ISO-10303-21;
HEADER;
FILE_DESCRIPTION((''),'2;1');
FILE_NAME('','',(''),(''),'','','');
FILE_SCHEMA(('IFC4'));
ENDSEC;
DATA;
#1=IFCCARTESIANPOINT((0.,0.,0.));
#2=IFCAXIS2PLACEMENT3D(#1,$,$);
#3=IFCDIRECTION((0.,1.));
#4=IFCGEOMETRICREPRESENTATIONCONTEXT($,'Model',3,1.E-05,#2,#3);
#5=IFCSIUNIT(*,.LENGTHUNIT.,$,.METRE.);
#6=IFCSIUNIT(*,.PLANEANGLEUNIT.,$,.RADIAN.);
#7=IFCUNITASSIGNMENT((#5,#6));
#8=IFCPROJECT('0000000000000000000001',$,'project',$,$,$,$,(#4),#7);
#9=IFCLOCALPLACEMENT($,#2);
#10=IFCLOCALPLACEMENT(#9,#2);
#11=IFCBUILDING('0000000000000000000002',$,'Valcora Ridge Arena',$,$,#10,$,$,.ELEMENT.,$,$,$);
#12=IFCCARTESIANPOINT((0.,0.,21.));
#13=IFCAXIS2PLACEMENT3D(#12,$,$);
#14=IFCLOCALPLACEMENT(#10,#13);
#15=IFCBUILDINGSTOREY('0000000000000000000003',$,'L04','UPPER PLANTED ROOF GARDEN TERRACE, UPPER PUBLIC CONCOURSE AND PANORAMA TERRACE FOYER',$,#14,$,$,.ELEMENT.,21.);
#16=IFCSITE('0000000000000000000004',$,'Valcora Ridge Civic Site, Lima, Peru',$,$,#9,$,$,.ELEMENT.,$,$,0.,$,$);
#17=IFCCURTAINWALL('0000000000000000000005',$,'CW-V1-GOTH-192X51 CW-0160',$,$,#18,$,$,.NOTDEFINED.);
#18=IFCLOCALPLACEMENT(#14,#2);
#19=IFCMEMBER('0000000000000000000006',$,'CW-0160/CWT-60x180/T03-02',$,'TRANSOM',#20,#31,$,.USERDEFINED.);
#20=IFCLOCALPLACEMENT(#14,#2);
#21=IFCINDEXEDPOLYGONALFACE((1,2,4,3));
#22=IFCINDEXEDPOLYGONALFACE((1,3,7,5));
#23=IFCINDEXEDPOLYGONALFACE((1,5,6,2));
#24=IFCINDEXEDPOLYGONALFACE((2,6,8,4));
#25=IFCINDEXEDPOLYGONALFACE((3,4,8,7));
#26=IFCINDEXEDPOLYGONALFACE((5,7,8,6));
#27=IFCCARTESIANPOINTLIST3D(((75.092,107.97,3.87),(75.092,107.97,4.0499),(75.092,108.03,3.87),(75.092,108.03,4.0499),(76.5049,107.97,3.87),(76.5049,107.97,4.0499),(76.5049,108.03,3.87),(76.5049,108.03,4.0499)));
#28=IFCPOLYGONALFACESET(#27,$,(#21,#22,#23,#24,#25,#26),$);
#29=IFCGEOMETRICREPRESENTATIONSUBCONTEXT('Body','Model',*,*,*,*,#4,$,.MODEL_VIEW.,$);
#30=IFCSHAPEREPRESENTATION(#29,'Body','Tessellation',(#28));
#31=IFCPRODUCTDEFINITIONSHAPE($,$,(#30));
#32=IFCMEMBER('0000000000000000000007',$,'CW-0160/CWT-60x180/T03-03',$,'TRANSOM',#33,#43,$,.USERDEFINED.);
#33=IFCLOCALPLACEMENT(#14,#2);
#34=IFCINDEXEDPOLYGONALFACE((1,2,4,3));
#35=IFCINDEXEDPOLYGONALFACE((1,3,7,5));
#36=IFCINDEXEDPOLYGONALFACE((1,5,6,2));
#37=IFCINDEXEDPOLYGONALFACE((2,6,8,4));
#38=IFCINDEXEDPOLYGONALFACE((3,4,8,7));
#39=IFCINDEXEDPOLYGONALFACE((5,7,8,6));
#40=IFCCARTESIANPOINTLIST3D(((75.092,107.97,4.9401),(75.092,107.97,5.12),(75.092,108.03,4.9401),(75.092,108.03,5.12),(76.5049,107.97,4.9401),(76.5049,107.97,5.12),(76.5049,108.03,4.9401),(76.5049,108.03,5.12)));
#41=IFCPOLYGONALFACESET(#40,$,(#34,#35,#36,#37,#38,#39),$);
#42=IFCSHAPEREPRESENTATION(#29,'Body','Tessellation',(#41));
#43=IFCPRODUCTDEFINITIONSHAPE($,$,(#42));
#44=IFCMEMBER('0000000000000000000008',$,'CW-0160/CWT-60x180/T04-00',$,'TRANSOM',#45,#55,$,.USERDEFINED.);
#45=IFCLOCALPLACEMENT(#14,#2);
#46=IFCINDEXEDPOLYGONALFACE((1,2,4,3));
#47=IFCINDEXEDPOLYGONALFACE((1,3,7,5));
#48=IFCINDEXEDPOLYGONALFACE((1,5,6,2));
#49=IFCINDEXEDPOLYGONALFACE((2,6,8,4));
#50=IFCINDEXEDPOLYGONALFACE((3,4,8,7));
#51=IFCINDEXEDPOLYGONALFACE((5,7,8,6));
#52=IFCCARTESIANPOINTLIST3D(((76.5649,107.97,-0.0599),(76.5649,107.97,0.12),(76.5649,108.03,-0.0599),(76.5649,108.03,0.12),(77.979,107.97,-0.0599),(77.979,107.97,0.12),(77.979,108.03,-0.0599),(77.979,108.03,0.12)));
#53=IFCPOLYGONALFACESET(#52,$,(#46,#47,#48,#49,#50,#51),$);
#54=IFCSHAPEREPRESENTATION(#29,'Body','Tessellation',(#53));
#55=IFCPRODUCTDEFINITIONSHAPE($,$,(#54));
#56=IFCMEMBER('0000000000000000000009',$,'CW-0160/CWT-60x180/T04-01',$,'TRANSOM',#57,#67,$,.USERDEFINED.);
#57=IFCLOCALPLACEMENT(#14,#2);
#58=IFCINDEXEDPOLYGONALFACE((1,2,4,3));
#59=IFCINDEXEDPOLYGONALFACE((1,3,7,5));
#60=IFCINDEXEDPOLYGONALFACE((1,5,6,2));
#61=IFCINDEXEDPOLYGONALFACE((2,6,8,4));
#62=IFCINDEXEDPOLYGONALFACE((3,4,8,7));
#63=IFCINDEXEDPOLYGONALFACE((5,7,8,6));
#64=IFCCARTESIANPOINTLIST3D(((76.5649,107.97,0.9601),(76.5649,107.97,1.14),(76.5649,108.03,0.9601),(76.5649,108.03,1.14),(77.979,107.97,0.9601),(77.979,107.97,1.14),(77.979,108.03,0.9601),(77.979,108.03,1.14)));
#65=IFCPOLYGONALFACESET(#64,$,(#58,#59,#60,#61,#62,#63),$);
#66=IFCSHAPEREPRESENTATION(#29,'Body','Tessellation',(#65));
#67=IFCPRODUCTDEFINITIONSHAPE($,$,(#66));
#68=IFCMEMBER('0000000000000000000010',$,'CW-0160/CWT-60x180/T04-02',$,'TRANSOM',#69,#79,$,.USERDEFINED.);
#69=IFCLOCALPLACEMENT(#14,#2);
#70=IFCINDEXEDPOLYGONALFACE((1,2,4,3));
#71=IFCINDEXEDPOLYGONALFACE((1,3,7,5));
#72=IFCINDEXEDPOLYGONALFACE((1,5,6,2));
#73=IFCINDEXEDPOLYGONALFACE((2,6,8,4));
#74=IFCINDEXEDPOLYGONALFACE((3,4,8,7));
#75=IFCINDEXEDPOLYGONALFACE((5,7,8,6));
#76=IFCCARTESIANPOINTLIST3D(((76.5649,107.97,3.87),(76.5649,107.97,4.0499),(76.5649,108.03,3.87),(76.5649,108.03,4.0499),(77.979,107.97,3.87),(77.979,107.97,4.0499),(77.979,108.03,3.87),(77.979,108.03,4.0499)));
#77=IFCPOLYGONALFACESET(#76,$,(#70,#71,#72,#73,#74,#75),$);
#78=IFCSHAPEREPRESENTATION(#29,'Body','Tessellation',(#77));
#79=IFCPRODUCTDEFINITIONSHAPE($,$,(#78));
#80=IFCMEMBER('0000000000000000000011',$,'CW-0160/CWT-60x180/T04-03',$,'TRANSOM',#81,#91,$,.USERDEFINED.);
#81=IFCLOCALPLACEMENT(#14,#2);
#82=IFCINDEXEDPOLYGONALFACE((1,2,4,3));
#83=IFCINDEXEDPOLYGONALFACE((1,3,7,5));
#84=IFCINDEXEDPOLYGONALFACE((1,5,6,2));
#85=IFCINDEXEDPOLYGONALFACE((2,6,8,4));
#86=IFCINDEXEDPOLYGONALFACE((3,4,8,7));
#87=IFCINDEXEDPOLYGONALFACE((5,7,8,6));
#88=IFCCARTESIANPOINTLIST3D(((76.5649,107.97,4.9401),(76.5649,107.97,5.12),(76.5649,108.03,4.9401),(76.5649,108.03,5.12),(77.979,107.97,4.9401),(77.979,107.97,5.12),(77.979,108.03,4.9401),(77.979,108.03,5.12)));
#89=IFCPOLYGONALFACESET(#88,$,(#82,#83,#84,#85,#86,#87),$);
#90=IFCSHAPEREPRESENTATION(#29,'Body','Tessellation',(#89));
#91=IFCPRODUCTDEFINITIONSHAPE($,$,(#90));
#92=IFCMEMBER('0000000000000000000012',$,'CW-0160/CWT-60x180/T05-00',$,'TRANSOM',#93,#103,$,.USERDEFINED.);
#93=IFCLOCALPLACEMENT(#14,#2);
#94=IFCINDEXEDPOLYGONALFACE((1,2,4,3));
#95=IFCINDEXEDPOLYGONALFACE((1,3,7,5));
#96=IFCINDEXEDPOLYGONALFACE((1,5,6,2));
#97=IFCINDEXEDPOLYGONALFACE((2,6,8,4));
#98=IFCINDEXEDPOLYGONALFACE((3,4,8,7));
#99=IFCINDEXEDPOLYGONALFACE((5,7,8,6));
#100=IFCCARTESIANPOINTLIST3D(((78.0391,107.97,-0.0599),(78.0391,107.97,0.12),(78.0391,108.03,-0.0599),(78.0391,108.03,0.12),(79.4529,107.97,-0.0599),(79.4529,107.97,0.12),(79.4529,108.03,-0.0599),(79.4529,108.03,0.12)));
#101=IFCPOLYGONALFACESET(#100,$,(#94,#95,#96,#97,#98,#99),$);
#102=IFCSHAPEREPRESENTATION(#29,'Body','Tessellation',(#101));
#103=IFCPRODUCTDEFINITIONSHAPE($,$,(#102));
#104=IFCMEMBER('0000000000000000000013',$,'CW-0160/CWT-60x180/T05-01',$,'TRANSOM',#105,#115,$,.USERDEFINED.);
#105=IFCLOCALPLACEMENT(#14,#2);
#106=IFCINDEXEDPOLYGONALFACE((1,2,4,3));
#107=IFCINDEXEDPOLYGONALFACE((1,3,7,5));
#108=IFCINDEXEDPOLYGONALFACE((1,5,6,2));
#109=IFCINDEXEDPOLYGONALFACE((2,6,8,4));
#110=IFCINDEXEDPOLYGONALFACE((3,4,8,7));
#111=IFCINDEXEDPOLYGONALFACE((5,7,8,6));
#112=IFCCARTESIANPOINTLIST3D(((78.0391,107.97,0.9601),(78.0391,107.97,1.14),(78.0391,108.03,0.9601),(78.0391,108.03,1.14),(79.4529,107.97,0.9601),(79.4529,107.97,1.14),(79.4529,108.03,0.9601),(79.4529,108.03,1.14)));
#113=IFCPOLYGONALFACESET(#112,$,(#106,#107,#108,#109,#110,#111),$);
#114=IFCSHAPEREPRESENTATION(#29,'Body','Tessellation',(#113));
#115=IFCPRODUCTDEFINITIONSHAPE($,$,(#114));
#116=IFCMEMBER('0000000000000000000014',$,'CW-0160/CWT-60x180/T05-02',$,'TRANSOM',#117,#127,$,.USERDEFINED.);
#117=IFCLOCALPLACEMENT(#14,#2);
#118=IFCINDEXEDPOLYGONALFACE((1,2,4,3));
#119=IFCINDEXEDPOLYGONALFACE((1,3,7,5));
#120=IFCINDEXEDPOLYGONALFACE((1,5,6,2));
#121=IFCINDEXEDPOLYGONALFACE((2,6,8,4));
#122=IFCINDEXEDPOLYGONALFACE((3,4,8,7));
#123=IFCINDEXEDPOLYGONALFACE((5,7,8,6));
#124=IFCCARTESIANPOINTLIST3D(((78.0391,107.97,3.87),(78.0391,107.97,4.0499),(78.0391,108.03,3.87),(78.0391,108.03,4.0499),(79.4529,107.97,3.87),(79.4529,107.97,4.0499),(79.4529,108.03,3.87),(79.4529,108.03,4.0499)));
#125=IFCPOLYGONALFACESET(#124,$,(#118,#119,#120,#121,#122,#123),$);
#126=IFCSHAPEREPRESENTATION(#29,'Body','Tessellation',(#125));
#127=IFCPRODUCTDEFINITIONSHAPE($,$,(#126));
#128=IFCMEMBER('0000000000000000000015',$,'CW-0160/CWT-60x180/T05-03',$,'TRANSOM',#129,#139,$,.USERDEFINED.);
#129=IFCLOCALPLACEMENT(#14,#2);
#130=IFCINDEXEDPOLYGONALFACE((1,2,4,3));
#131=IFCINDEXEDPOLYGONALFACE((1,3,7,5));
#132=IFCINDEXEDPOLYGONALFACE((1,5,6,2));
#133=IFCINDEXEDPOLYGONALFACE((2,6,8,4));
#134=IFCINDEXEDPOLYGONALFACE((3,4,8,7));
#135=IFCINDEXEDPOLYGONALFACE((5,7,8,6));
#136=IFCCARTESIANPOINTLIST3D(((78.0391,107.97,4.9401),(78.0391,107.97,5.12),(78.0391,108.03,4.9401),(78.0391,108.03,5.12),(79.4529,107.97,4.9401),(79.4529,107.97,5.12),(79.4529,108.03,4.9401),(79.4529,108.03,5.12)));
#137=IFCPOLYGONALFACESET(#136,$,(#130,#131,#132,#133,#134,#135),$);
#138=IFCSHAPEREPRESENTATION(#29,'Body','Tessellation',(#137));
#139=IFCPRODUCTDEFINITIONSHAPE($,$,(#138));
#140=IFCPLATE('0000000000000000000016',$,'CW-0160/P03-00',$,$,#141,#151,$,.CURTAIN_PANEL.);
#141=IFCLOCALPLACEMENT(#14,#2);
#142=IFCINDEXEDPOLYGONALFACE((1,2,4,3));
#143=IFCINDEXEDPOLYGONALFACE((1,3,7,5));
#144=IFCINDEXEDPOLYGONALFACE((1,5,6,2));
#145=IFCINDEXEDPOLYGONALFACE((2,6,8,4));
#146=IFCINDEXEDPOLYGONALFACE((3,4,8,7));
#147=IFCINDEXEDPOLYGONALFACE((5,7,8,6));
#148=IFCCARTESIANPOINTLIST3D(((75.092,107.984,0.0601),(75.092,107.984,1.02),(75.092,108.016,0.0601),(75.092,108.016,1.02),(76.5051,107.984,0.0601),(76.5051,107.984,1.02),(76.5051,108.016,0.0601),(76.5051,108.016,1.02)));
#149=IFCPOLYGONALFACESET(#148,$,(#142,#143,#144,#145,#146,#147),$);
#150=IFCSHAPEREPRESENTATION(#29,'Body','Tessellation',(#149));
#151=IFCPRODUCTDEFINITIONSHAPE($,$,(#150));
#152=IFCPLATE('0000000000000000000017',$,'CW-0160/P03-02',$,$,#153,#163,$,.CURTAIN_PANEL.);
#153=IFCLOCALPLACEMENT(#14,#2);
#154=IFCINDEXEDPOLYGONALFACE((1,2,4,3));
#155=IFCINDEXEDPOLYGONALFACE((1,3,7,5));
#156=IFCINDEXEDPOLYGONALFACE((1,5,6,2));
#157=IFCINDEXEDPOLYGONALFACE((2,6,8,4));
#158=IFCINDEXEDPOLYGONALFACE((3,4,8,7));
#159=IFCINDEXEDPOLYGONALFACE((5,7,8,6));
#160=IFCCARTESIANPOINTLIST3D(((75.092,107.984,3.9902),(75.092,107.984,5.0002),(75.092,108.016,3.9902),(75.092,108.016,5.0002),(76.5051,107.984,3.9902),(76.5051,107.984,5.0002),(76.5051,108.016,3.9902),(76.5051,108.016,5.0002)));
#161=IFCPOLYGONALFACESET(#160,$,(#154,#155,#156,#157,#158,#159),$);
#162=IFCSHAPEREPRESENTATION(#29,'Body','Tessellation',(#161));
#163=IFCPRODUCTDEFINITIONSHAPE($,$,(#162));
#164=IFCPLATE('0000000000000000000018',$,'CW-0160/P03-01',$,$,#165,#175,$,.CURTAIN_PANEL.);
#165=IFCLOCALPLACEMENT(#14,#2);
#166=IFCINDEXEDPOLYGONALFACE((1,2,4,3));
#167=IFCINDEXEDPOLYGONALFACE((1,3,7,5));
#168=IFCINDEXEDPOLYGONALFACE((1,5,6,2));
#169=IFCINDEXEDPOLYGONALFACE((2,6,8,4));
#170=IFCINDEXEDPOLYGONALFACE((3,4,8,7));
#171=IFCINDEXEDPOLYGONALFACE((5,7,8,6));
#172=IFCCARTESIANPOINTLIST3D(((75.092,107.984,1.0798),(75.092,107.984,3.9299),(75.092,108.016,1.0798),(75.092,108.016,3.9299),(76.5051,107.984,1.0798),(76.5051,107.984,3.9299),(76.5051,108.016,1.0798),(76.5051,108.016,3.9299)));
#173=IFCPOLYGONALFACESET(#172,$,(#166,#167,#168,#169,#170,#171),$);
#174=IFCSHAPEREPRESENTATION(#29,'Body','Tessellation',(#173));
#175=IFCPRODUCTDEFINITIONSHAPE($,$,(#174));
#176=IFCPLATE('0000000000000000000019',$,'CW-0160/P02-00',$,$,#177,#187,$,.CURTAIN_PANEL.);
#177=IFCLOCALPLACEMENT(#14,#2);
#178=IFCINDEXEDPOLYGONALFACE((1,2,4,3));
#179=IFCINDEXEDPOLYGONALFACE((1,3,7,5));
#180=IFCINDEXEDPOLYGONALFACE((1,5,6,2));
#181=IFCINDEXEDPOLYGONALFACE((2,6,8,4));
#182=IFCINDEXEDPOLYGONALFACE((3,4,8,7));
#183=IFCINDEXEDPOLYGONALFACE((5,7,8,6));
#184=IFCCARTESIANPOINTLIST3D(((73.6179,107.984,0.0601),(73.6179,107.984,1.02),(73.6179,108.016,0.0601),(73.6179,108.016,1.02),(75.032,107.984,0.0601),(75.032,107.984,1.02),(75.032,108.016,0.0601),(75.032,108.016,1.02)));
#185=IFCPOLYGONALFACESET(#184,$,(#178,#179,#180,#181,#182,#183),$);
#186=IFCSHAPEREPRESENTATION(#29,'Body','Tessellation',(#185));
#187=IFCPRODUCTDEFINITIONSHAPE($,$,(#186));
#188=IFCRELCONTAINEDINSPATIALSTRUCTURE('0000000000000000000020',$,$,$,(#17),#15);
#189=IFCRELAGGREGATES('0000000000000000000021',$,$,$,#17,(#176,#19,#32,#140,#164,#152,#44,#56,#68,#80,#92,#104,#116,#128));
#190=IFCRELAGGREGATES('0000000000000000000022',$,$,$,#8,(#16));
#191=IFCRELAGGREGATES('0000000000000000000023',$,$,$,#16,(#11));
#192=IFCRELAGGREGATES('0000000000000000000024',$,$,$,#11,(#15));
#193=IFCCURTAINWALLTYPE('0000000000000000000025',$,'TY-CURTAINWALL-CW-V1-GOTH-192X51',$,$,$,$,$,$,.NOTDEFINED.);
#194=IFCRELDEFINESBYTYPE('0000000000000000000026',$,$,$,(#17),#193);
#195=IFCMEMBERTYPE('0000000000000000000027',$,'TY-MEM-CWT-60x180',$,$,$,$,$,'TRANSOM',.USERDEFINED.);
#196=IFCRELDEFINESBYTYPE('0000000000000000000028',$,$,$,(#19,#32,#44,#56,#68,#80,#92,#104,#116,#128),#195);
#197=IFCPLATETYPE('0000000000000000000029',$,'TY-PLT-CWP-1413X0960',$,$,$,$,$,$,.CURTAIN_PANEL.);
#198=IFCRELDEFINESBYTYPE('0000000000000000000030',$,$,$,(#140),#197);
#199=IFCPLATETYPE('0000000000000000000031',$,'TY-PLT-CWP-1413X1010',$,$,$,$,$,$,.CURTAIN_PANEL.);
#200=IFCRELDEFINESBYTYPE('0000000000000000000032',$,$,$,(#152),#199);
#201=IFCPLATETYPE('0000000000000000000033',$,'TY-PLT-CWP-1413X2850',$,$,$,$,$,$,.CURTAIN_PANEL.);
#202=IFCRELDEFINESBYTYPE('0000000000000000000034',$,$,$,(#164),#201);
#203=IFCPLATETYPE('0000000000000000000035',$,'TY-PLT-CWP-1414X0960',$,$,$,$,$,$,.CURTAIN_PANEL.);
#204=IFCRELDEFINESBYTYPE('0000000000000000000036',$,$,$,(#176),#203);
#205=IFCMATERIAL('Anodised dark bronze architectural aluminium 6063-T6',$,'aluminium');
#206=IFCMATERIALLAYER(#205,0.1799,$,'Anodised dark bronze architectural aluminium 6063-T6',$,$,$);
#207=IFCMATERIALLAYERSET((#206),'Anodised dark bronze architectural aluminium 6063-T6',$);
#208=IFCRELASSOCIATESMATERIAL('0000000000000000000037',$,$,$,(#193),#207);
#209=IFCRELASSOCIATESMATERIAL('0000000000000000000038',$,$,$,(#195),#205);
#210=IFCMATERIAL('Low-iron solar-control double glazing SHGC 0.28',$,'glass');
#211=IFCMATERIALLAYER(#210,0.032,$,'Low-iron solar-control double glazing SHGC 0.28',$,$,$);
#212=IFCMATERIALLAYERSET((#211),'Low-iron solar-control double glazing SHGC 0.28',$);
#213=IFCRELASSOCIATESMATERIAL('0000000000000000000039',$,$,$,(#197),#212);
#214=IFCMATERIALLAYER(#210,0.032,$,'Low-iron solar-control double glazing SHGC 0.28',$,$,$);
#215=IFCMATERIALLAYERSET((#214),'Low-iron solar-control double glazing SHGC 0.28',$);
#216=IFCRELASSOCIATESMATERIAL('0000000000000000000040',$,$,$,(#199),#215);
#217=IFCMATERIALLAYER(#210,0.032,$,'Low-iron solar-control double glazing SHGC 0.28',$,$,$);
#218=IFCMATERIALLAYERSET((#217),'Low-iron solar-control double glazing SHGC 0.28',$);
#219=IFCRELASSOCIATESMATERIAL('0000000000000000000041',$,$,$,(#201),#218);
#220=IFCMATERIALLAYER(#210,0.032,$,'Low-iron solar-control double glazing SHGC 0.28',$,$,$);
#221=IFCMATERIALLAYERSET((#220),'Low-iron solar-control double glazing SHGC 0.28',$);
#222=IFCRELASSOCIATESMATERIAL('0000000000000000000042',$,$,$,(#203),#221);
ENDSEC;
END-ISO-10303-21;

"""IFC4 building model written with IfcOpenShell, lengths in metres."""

from ifc_helpers import new_model, si_unit, direction, frame, origin, origin_2d, place, context, subcontext, project, spatial, rectangle, extrude, material, layer, layer_set, material_profile, profile_set, type_object, element, aggregate, save


model = new_model("IFC4")

# Units and contexts
model_context = context("Model", 3, precision=1e-05, world=origin(), true_north=direction((0.0, 1.0)))
body_context = subcontext(model_context, "Body", "Model", "MODEL_VIEW")
ifc_project = project(units=[si_unit("LENGTHUNIT", "METRE"), si_unit("PLANEANGLEUNIT", "RADIAN")], contexts=[model_context])

# Site, building, storey
site_placement = place(None, origin())
site = spatial("IfcSite", under=ifc_project, at=site_placement, Name="Valcora Ridge Civic Site, Lima, Peru", CompositionType="ELEMENT", RefElevation=0.0)
building_placement = place(site_placement, origin())
building = spatial("IfcBuilding", under=site, at=building_placement, Name="Valcora Ridge Arena", CompositionType="ELEMENT")
storey_placement = place(building_placement, frame((0.0, 0.0, 21.0)))
storey = spatial("IfcBuildingStorey", under=building, at=storey_placement, Name="L04", Description="UPPER PLANTED ROOF GARDEN TERRACE, UPPER PUBLIC CONCOURSE AND PANORAMA TERRACE FOYER", CompositionType="ELEMENT", Elevation=21.0)

# Curtain wall, members, plates
ifc_material_1 = material(Name="Anodised dark bronze architectural aluminium 6063-T6", Category="aluminium")
ifc_layer_1 = layer(ifc_material_1, 0.1799, Name="Anodised dark bronze architectural aluminium 6063-T6")
ifc_layer_set_1 = layer_set([ifc_layer_1], Name="Anodised dark bronze architectural aluminium 6063-T6")
curtain_wall_type = type_object("IfcCurtainWallType", Name="TY-CURTAINWALL-CW-V1-GOTH-192X51", PredefinedType="NOTDEFINED", material=ifc_layer_set_1)
curtain_wall_placement = place(storey_placement, origin())
curtain_wall = element("IfcCurtainWall", 1, at=curtain_wall_placement, inside=storey, type_object=curtain_wall_type, Name="CW-V1-GOTH-192X51 CW-0160", PredefinedType="NOTDEFINED")
ifc_material_profile_1 = material_profile(ifc_material_1, rectangle(XDim=0.0601, YDim=0.1799, at=origin_2d()), Name="ALU TRANSOM 60x180")
ifc_profile_set_1 = profile_set([ifc_material_profile_1], Name="Anodised dark bronze architectural aluminium 6063-T6")
member_type_1 = type_object("IfcMemberType", Name="TY-MEM-CWT-60x180", ElementType="TRANSOM", PredefinedType="USERDEFINED", material=ifc_profile_set_1)
member_1_placement = place(storey_placement, frame((75.092, 108.0, 3.96), z_axis=(1.0, 0.0, 0.0), x_axis=(0.0, 1.0, 0.0)))
member_1 = element("IfcMember", 2, at=member_1_placement, type_object=member_type_1, Name="CW-0160/CWT-60x180/T03-02", ObjectType="TRANSOM", PredefinedType="USERDEFINED", context=body_context, shape_type="SweptSolid", body=[
    extrude(rectangle(XDim=0.0601, YDim=0.1799, at=origin_2d()), origin(), (0.0, 0.0, 1.0), 1.4128),
])
member_2_placement = place(storey_placement, frame((75.092, 108.0, 5.03), z_axis=(1.0, 0.0, 0.0), x_axis=(0.0, 1.0, 0.0)))
member_2 = element("IfcMember", 3, at=member_2_placement, type_object=member_type_1, Name="CW-0160/CWT-60x180/T03-03", ObjectType="TRANSOM", PredefinedType="USERDEFINED", context=body_context, shape_type="SweptSolid", body=[
    extrude(rectangle(XDim=0.0601, YDim=0.1799, at=origin_2d()), origin(), (0.0, 0.0, 1.0), 1.4128),
])
member_3_placement = place(storey_placement, frame((76.5649, 108.0, 0.03), z_axis=(1.0, 0.0, 0.0), x_axis=(0.0, 1.0, 0.0)))
member_3 = element("IfcMember", 4, at=member_3_placement, type_object=member_type_1, Name="CW-0160/CWT-60x180/T04-00", ObjectType="TRANSOM", PredefinedType="USERDEFINED", context=body_context, shape_type="SweptSolid", body=[
    extrude(rectangle(XDim=0.0601, YDim=0.1799, at=origin_2d()), origin(), (0.0, 0.0, 1.0), 1.4141),
])
member_4_placement = place(storey_placement, frame((76.5649, 108.0, 1.05), z_axis=(1.0, 0.0, 0.0), x_axis=(0.0, 1.0, 0.0)))
member_4 = element("IfcMember", 5, at=member_4_placement, type_object=member_type_1, Name="CW-0160/CWT-60x180/T04-01", ObjectType="TRANSOM", PredefinedType="USERDEFINED", context=body_context, shape_type="SweptSolid", body=[
    extrude(rectangle(XDim=0.0601, YDim=0.1799, at=origin_2d()), origin(), (0.0, 0.0, 1.0), 1.4141),
])
member_5_placement = place(storey_placement, frame((76.5649, 108.0, 3.96), z_axis=(1.0, 0.0, 0.0), x_axis=(0.0, 1.0, 0.0)))
member_5 = element("IfcMember", 6, at=member_5_placement, type_object=member_type_1, Name="CW-0160/CWT-60x180/T04-02", ObjectType="TRANSOM", PredefinedType="USERDEFINED", context=body_context, shape_type="SweptSolid", body=[
    extrude(rectangle(XDim=0.0601, YDim=0.1799, at=origin_2d()), origin(), (0.0, 0.0, 1.0), 1.4141),
])
member_6_placement = place(storey_placement, frame((76.5649, 108.0, 5.03), z_axis=(1.0, 0.0, 0.0), x_axis=(0.0, 1.0, 0.0)))
member_6 = element("IfcMember", 7, at=member_6_placement, type_object=member_type_1, Name="CW-0160/CWT-60x180/T04-03", ObjectType="TRANSOM", PredefinedType="USERDEFINED", context=body_context, shape_type="SweptSolid", body=[
    extrude(rectangle(XDim=0.0601, YDim=0.1799, at=origin_2d()), origin(), (0.0, 0.0, 1.0), 1.4141),
])
member_7_placement = place(storey_placement, frame((78.0391, 108.0, 0.03), z_axis=(1.0, 0.0, 0.0), x_axis=(0.0, 1.0, 0.0)))
member_7 = element("IfcMember", 8, at=member_7_placement, type_object=member_type_1, Name="CW-0160/CWT-60x180/T05-00", ObjectType="TRANSOM", PredefinedType="USERDEFINED", context=body_context, shape_type="SweptSolid", body=[
    extrude(rectangle(XDim=0.0601, YDim=0.1799, at=origin_2d()), origin(), (0.0, 0.0, 1.0), 1.4138),
])
member_8_placement = place(storey_placement, frame((78.0391, 108.0, 1.05), z_axis=(1.0, 0.0, 0.0), x_axis=(0.0, 1.0, 0.0)))
member_8 = element("IfcMember", 9, at=member_8_placement, type_object=member_type_1, Name="CW-0160/CWT-60x180/T05-01", ObjectType="TRANSOM", PredefinedType="USERDEFINED", context=body_context, shape_type="SweptSolid", body=[
    extrude(rectangle(XDim=0.0601, YDim=0.1799, at=origin_2d()), origin(), (0.0, 0.0, 1.0), 1.4138),
])
member_9_placement = place(storey_placement, frame((78.0391, 108.0, 3.96), z_axis=(1.0, 0.0, 0.0), x_axis=(0.0, 1.0, 0.0)))
member_9 = element("IfcMember", 10, at=member_9_placement, type_object=member_type_1, Name="CW-0160/CWT-60x180/T05-02", ObjectType="TRANSOM", PredefinedType="USERDEFINED", context=body_context, shape_type="SweptSolid", body=[
    extrude(rectangle(XDim=0.0601, YDim=0.1799, at=origin_2d()), origin(), (0.0, 0.0, 1.0), 1.4138),
])
member_10_placement = place(storey_placement, frame((78.0391, 108.0, 5.03), z_axis=(1.0, 0.0, 0.0), x_axis=(0.0, 1.0, 0.0)))
member_10 = element("IfcMember", 11, at=member_10_placement, type_object=member_type_1, Name="CW-0160/CWT-60x180/T05-03", ObjectType="TRANSOM", PredefinedType="USERDEFINED", context=body_context, shape_type="SweptSolid", body=[
    extrude(rectangle(XDim=0.0601, YDim=0.1799, at=origin_2d()), origin(), (0.0, 0.0, 1.0), 1.4138),
])
ifc_material_2 = material(Name="Low-iron solar-control double glazing SHGC 0.28", Category="glass")
ifc_layer_2 = layer(ifc_material_2, 0.032, Name="Low-iron solar-control double glazing SHGC 0.28")
ifc_layer_set_2 = layer_set([ifc_layer_2], Name="Low-iron solar-control double glazing SHGC 0.28")
plate_type_1 = type_object("IfcPlateType", Name="TY-PLT-CWP-1413X0960", PredefinedType="CURTAIN_PANEL", material=ifc_layer_set_2)
plate_1_placement = place(storey_placement, frame((75.7986, 108.0, 0.0601), z_axis=(0.0, 0.0, 1.0), x_axis=(1.0, 0.0, 0.0)))
plate_1 = element("IfcPlate", 12, at=plate_1_placement, type_object=plate_type_1, Name="CW-0160/P03-00", PredefinedType="CURTAIN_PANEL", context=body_context, shape_type="SweptSolid", body=[
    extrude(rectangle(XDim=1.4131, YDim=0.032, at=origin_2d()), origin(), (0.0, 0.0, 1.0), 0.96),
])
ifc_layer_3 = layer(ifc_material_2, 0.032, Name="Low-iron solar-control double glazing SHGC 0.28")
ifc_layer_set_3 = layer_set([ifc_layer_3], Name="Low-iron solar-control double glazing SHGC 0.28")
plate_type_2 = type_object("IfcPlateType", Name="TY-PLT-CWP-1413X1010", PredefinedType="CURTAIN_PANEL", material=ifc_layer_set_3)
plate_2_placement = place(storey_placement, frame((75.7986, 108.0, 3.9902), z_axis=(0.0, 0.0, 1.0), x_axis=(1.0, 0.0, 0.0)))
plate_2 = element("IfcPlate", 13, at=plate_2_placement, type_object=plate_type_2, Name="CW-0160/P03-02", PredefinedType="CURTAIN_PANEL", context=body_context, shape_type="SweptSolid", body=[
    extrude(rectangle(XDim=1.4131, YDim=0.032, at=origin_2d()), origin(), (0.0, 0.0, 1.0), 1.01),
])
ifc_layer_4 = layer(ifc_material_2, 0.032, Name="Low-iron solar-control double glazing SHGC 0.28")
ifc_layer_set_4 = layer_set([ifc_layer_4], Name="Low-iron solar-control double glazing SHGC 0.28")
plate_type_3 = type_object("IfcPlateType", Name="TY-PLT-CWP-1413X2850", PredefinedType="CURTAIN_PANEL", material=ifc_layer_set_4)
plate_3_placement = place(storey_placement, frame((75.7986, 108.0, 1.0798), z_axis=(0.0, 0.0, 1.0), x_axis=(1.0, 0.0, 0.0)))
plate_3 = element("IfcPlate", 14, at=plate_3_placement, type_object=plate_type_3, Name="CW-0160/P03-01", PredefinedType="CURTAIN_PANEL", context=body_context, shape_type="SweptSolid", body=[
    extrude(rectangle(XDim=1.4131, YDim=0.032, at=origin_2d()), origin(), (0.0, 0.0, 1.0), 2.8501),
])
ifc_layer_5 = layer(ifc_material_2, 0.032, Name="Low-iron solar-control double glazing SHGC 0.28")
ifc_layer_set_5 = layer_set([ifc_layer_5], Name="Low-iron solar-control double glazing SHGC 0.28")
plate_type_4 = type_object("IfcPlateType", Name="TY-PLT-CWP-1414X0960", PredefinedType="CURTAIN_PANEL", material=ifc_layer_set_5)
plate_4_placement = place(storey_placement, frame((74.325, 108.0, 0.0601), z_axis=(0.0, 0.0, 1.0), x_axis=(1.0, 0.0, 0.0)))
plate_4 = element("IfcPlate", 15, at=plate_4_placement, type_object=plate_type_4, Name="CW-0160/P02-00", PredefinedType="CURTAIN_PANEL", context=body_context, shape_type="SweptSolid", body=[
    extrude(rectangle(XDim=1.4141, YDim=0.032, at=origin_2d()), origin(), (0.0, 0.0, 1.0), 0.96),
])
aggregate(curtain_wall, [plate_4, member_1, member_2, plate_1, plate_3, plate_2, member_3, member_4, member_5, member_6, member_7, member_8, member_9, member_10])

save(model, "model.ifc")
